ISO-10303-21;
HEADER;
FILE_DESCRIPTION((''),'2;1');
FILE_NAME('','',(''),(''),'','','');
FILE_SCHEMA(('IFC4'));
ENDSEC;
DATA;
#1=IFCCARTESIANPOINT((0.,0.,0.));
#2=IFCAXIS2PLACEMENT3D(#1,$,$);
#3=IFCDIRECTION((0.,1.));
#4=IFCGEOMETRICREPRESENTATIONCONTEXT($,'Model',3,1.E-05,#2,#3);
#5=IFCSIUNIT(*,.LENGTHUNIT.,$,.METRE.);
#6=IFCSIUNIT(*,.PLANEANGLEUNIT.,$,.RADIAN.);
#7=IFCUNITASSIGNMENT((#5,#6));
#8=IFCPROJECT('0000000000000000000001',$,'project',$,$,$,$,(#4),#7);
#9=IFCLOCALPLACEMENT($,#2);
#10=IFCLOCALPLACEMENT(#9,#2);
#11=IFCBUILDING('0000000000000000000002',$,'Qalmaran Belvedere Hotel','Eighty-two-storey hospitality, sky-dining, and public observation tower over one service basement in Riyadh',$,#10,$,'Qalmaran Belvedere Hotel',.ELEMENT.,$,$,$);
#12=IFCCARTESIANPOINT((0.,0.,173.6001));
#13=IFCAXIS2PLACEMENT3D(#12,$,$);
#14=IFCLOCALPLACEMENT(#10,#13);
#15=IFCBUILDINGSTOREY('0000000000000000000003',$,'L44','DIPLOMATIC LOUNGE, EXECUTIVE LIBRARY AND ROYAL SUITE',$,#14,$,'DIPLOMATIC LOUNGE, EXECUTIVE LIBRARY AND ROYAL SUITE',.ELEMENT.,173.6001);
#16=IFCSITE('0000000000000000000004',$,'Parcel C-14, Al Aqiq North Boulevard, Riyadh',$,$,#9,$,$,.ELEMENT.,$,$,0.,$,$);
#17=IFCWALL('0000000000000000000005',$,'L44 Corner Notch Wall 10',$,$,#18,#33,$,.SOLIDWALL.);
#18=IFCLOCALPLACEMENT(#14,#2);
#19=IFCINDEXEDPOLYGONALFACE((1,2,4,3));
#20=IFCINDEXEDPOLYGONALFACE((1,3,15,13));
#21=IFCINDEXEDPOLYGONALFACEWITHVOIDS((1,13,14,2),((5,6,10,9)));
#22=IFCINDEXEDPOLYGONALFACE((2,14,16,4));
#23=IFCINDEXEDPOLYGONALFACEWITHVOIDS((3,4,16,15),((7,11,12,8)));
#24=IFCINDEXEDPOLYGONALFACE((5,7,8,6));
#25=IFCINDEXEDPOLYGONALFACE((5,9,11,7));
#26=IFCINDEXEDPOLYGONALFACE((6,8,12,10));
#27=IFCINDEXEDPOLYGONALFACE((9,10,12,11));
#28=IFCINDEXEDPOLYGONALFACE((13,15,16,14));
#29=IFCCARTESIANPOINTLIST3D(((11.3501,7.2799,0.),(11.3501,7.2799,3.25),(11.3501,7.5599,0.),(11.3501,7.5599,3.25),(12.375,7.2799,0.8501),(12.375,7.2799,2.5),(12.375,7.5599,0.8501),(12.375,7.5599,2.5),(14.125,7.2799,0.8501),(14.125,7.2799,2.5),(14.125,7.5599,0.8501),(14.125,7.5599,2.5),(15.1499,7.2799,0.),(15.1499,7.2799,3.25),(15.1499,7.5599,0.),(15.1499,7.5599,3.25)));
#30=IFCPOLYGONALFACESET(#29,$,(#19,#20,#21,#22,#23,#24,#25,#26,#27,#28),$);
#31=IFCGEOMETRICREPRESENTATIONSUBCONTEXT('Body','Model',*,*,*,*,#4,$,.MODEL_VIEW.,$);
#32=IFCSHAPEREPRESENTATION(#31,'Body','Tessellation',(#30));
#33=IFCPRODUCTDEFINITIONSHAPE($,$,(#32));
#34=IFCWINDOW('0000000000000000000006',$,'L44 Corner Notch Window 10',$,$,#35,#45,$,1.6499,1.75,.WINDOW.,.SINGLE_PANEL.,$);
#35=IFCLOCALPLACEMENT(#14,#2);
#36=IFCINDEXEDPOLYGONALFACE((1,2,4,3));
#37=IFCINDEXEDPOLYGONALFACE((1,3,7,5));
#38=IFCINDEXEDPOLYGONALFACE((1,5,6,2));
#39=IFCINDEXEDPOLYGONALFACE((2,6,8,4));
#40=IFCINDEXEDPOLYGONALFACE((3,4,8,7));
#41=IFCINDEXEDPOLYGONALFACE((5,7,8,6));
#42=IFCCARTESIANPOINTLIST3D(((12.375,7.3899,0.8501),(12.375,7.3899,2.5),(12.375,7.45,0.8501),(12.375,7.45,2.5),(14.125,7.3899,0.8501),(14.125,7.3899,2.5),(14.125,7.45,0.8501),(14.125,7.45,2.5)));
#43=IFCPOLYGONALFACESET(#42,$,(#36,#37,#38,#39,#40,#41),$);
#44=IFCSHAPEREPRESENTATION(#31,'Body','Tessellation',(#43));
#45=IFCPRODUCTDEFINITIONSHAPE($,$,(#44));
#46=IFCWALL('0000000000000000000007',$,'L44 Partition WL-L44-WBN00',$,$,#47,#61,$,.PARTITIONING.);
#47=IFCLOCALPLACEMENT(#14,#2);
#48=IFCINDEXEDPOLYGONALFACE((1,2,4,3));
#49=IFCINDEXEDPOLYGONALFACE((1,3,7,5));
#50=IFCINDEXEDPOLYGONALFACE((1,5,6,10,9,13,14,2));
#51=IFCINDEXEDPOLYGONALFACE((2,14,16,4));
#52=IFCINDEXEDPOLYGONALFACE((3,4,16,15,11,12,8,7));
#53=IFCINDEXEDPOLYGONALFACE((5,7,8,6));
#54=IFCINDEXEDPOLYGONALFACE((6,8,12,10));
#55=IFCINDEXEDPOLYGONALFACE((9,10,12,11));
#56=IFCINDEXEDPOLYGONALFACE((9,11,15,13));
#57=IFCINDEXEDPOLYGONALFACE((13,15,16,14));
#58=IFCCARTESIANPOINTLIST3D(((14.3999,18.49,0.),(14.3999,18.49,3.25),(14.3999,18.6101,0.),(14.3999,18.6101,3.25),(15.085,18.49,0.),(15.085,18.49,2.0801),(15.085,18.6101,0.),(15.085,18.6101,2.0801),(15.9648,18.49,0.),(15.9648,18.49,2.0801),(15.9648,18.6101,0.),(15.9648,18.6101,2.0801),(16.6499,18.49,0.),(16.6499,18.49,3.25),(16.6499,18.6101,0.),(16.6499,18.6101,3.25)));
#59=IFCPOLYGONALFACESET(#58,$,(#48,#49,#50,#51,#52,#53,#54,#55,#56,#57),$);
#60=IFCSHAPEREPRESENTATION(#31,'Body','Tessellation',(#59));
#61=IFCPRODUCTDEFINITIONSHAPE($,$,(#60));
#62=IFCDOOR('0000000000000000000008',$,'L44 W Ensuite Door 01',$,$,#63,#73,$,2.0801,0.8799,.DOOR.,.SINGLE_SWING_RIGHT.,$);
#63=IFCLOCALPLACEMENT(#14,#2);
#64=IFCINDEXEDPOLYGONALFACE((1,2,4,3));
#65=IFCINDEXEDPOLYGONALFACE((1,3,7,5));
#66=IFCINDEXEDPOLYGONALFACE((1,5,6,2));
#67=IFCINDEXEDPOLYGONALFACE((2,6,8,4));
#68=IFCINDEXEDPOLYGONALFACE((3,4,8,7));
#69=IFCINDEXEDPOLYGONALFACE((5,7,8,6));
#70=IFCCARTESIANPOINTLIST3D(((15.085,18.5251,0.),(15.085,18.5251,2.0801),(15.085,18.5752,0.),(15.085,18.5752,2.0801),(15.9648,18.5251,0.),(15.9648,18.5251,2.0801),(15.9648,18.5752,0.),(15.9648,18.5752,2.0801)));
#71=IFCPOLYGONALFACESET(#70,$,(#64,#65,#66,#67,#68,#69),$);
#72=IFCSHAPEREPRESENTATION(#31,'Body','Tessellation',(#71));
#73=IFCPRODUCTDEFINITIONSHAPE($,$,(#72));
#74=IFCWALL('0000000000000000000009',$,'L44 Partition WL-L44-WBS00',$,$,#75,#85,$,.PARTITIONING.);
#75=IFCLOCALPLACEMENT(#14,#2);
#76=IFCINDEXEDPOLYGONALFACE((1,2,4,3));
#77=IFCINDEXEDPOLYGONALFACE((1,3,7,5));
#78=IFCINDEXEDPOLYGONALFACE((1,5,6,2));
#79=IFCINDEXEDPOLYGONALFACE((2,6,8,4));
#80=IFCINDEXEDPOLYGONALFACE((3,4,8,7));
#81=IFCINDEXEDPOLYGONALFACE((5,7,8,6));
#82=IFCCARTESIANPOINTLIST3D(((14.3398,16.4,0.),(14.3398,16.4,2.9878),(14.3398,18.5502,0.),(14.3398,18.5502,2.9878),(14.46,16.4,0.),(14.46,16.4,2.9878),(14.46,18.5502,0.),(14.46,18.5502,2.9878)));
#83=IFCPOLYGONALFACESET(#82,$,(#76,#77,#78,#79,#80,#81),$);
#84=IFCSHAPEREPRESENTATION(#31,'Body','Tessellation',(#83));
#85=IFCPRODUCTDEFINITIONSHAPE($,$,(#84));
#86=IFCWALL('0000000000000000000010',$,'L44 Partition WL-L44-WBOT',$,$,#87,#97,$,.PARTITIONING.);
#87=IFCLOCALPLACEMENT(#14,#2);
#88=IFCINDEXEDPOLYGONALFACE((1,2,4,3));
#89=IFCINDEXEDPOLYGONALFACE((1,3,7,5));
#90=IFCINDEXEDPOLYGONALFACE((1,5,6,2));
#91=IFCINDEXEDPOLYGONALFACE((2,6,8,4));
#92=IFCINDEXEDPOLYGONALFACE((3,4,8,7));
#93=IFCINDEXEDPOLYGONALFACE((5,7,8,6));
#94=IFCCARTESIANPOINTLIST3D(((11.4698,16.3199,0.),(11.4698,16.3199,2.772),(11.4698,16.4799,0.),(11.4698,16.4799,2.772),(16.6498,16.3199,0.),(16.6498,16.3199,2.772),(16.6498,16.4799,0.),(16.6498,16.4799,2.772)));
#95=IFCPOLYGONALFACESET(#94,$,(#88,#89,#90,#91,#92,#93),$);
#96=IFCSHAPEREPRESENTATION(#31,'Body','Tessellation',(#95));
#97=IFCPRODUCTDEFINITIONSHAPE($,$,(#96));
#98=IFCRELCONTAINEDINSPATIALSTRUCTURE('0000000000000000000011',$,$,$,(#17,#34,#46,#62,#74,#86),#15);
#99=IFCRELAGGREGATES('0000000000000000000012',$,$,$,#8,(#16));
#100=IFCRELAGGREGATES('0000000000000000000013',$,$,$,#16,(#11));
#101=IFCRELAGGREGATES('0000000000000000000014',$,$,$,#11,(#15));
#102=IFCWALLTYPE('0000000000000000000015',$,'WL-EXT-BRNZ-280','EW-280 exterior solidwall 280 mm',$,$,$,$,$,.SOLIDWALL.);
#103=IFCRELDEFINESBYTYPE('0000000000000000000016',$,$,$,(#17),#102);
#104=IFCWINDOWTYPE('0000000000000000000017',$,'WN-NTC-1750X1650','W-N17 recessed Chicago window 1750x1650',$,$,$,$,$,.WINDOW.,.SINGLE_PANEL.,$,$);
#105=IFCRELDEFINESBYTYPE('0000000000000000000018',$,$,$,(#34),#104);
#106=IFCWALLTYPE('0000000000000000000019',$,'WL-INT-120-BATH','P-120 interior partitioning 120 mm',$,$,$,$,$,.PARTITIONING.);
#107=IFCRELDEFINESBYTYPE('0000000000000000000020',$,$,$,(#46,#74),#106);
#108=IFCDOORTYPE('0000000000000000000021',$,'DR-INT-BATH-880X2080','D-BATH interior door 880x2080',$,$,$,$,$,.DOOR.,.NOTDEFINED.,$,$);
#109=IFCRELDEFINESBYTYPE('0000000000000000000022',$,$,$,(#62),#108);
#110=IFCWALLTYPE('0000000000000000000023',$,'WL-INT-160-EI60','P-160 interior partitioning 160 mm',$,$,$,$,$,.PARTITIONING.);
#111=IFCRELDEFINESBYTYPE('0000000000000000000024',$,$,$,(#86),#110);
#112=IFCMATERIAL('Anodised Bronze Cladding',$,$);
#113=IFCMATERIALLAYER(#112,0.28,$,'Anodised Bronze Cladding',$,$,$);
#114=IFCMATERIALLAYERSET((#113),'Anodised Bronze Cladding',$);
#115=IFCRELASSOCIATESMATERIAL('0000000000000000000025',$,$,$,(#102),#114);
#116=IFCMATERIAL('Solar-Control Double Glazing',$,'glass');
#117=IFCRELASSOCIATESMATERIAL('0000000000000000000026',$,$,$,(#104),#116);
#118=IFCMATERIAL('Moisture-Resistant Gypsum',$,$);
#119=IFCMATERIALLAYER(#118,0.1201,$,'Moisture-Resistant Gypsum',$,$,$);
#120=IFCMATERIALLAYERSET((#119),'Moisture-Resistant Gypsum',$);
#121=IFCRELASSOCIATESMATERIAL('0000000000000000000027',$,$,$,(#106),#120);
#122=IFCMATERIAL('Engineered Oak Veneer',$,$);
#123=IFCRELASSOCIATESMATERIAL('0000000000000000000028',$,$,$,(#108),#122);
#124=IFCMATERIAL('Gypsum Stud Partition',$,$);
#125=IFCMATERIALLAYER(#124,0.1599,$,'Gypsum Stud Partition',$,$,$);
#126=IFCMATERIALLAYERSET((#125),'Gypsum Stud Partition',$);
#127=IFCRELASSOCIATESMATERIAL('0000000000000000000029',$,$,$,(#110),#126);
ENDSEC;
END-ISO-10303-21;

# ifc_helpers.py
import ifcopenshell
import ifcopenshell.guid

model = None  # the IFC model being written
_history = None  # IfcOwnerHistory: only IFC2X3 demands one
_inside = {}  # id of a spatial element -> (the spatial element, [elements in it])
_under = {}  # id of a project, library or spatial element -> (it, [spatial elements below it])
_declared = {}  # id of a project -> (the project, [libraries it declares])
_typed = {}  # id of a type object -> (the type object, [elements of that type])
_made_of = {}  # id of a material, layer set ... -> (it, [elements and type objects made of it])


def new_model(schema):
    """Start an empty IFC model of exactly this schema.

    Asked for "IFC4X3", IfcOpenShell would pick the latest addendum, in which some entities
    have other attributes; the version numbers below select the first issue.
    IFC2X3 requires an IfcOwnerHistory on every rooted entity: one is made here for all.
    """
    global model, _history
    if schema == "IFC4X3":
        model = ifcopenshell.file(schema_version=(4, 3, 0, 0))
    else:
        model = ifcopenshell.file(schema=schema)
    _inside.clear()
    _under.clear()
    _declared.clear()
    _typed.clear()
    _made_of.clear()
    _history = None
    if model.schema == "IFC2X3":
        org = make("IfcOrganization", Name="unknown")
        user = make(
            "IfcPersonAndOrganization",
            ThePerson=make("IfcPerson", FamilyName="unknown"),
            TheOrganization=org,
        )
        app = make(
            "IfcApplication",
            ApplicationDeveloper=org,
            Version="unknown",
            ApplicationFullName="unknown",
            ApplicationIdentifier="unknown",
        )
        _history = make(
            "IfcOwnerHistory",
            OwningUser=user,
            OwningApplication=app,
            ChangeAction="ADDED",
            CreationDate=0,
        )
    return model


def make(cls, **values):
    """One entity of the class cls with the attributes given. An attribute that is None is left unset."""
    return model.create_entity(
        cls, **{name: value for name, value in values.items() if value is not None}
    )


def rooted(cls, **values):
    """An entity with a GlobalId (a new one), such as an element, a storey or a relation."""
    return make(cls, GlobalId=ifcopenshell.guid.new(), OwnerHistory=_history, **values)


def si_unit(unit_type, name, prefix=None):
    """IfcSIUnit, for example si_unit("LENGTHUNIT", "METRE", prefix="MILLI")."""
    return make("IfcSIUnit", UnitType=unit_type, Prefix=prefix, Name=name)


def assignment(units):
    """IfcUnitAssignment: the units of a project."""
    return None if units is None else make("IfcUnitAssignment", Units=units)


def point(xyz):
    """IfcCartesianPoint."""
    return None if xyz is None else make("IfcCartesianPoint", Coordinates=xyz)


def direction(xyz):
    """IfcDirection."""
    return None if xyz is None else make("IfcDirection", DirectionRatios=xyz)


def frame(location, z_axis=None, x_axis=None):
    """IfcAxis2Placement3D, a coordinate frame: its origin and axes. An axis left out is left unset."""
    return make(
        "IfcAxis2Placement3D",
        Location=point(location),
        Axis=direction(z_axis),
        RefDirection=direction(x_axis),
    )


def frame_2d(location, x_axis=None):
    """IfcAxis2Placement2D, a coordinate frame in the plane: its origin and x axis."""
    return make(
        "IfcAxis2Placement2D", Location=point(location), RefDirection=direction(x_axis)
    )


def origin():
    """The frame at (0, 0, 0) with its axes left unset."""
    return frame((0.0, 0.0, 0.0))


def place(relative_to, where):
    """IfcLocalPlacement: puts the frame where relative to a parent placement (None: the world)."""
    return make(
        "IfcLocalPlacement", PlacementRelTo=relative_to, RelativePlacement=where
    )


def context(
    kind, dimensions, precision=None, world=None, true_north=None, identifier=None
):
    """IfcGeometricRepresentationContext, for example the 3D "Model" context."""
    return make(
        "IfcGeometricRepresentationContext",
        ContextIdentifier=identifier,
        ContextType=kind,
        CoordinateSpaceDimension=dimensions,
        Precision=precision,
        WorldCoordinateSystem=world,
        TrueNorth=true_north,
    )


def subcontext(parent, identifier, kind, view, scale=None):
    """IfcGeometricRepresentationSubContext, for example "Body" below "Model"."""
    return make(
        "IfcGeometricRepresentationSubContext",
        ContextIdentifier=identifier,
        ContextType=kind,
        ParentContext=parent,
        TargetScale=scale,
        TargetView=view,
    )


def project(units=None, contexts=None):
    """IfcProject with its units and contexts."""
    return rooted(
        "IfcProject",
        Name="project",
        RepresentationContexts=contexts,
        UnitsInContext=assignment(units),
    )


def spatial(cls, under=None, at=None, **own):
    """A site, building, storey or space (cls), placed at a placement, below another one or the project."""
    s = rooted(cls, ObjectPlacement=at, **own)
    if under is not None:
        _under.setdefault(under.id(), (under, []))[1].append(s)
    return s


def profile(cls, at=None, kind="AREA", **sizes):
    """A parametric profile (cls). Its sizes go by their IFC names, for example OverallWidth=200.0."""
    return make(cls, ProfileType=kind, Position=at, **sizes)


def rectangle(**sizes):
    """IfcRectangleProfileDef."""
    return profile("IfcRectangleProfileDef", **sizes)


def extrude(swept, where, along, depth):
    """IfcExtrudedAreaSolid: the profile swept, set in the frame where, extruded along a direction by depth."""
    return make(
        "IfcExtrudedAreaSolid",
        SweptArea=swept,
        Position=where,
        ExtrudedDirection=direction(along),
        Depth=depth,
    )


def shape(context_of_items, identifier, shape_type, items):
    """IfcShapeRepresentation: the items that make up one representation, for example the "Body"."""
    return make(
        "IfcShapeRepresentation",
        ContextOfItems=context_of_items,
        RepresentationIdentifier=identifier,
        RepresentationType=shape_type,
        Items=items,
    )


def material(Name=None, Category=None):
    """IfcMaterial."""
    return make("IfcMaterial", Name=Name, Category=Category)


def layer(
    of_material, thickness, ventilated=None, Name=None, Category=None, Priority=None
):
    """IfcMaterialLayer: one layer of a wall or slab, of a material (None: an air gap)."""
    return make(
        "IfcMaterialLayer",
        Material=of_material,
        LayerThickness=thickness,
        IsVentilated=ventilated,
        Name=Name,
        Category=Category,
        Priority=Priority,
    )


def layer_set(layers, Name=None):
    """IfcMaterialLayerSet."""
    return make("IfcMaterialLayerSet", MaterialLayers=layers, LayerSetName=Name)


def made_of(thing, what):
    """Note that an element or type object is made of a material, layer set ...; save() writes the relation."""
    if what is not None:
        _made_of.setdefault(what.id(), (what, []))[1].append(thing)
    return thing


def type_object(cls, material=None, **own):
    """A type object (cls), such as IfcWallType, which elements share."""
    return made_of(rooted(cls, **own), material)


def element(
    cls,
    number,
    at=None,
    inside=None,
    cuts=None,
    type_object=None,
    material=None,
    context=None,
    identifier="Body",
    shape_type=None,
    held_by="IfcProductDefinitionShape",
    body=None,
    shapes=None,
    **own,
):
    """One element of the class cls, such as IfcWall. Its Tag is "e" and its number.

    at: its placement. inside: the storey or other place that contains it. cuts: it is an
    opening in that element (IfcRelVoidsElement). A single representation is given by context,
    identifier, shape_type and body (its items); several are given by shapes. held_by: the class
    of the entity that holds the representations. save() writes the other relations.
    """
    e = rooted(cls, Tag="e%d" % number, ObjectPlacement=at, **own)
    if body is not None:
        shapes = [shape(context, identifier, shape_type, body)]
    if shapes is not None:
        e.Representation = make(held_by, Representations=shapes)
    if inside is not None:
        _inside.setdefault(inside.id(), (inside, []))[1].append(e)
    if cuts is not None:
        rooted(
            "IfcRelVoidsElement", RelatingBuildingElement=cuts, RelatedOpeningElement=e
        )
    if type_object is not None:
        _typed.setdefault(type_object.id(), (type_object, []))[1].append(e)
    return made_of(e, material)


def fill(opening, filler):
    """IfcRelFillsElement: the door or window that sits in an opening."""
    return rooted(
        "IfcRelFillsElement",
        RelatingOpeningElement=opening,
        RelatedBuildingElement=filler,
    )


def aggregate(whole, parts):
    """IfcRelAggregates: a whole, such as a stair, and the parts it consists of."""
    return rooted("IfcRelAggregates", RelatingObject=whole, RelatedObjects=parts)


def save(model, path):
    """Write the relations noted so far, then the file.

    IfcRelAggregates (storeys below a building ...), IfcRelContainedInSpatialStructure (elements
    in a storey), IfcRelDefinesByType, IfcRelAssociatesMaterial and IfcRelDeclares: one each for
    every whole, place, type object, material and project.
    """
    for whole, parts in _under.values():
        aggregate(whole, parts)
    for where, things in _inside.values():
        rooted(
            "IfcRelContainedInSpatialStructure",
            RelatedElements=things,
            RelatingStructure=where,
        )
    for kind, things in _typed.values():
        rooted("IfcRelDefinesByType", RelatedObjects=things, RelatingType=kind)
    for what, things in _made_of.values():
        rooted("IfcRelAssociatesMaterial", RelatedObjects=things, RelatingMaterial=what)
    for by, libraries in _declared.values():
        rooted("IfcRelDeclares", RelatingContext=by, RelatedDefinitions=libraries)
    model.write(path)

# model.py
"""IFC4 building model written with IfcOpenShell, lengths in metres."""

from ifc_helpers import new_model, si_unit, direction, frame, frame_2d, origin, place, context, subcontext, project, spatial, rectangle, extrude, material, layer, layer_set, type_object, element, fill, save


model = new_model("IFC4")

# Units and contexts
model_context = context("Model", 3, precision=1e-05, world=origin(), true_north=direction((0.0, 1.0)))
body_context = subcontext(model_context, "Body", "Model", "MODEL_VIEW")
ifc_project = project(units=[si_unit("LENGTHUNIT", "METRE"), si_unit("PLANEANGLEUNIT", "RADIAN")], contexts=[model_context])

# Site, building, storey
site_placement = place(None, origin())
site = spatial("IfcSite", under=ifc_project, at=site_placement, Name="Parcel C-14, Al Aqiq North Boulevard, Riyadh", CompositionType="ELEMENT", RefElevation=0.0)
building_placement = place(site_placement, origin())
building = spatial("IfcBuilding", under=site, at=building_placement, Name="Qalmaran Belvedere Hotel", Description="Eighty-two-storey hospitality, sky-dining, and public observation tower over one service basement in Riyadh", LongName="Qalmaran Belvedere Hotel", CompositionType="ELEMENT")
storey_placement = place(building_placement, frame((0.0, 0.0, 173.6001)))
storey = spatial("IfcBuildingStorey", under=building, at=storey_placement, Name="L44", Description="DIPLOMATIC LOUNGE, EXECUTIVE LIBRARY AND ROYAL SUITE", LongName="DIPLOMATIC LOUNGE, EXECUTIVE LIBRARY AND ROYAL SUITE", CompositionType="ELEMENT", Elevation=173.6001)

# Shared definitions
ifc_material_1 = material(Name="Solar-Control Double Glazing", Category="glass")

# Wall, opening, window
ifc_material_2 = material(Name="Anodised Bronze Cladding")
ifc_layer_1 = layer(ifc_material_2, 0.28, Name="Anodised Bronze Cladding")
ifc_layer_set_1 = layer_set([ifc_layer_1], Name="Anodised Bronze Cladding")
wall_type_1 = type_object("IfcWallType", Name="WL-EXT-BRNZ-280", Description="EW-280 exterior solidwall 280 mm", PredefinedType="SOLIDWALL", material=ifc_layer_set_1)
wall_1_placement = place(storey_placement, frame((11.3501, 7.4199, 0.0), z_axis=(0.0, 0.0, 1.0), x_axis=(1.0, 0.0, 0.0)))
wall_1 = element("IfcWall", 1, at=wall_1_placement, inside=storey, type_object=wall_type_1, Name="L44 Corner Notch Wall 10", PredefinedType="SOLIDWALL", context=body_context, shape_type="SweptSolid", body=[
    extrude(rectangle(XDim=3.7998, YDim=0.28, at=frame_2d((1.8999, 0.0))), origin(), (0.0, 0.0, 1.0), 3.25),
])
opening_1_placement = place(wall_1_placement, frame((1.0249, 0.0, 0.8501)))
opening_1 = element("IfcOpeningElement", 2, at=opening_1_placement, cuts=wall_1, PredefinedType="OPENING", context=body_context, shape_type="SweptSolid", body=[
    extrude(rectangle(XDim=1.75, YDim=1.6499, at=frame_2d((0.875, 0.825))), frame((0.0, 0.1499, 0.0), z_axis=(0.0, -1.0, 0.0), x_axis=(1.0, 0.0, 0.0)), (0.0, 0.0, 1.0), 0.3),
])
window_type = type_object("IfcWindowType", Name="WN-NTC-1750X1650", Description="W-N17 recessed Chicago window 1750x1650", PartitioningType="SINGLE_PANEL", PredefinedType="WINDOW", material=ifc_material_1)
window_placement = place(opening_1_placement, origin())
window = element("IfcWindow", 3, at=window_placement, inside=storey, type_object=window_type, Name="L44 Corner Notch Window 10", OverallHeight=1.6499, OverallWidth=1.75, PartitioningType="SINGLE_PANEL", PredefinedType="WINDOW", context=body_context, shape_type="SweptSolid", body=[
    extrude(rectangle(XDim=1.75, YDim=1.6499, at=frame_2d((0.875, 0.825))), frame((0.0, 0.03, 0.0), z_axis=(0.0, -1.0, 0.0), x_axis=(1.0, 0.0, 0.0)), (0.0, 0.0, 1.0), 0.0601),
])
fill(opening_1, window)

# Wall, opening, door
ifc_material_3 = material(Name="Moisture-Resistant Gypsum")
ifc_layer_2 = layer(ifc_material_3, 0.1201, Name="Moisture-Resistant Gypsum")
ifc_layer_set_2 = layer_set([ifc_layer_2], Name="Moisture-Resistant Gypsum")
wall_type_2 = type_object("IfcWallType", Name="WL-INT-120-BATH", Description="P-120 interior partitioning 120 mm", PredefinedType="PARTITIONING", material=ifc_layer_set_2)
wall_2_placement = place(storey_placement, frame((14.3999, 18.55, 0.0), z_axis=(0.0, 0.0, 1.0), x_axis=(1.0, 0.0, 0.0)))
wall_2 = element("IfcWall", 4, at=wall_2_placement, inside=storey, type_object=wall_type_2, Name="L44 Partition WL-L44-WBN00", PredefinedType="PARTITIONING", context=body_context, shape_type="SweptSolid", body=[
    extrude(rectangle(XDim=2.25, YDim=0.1201, at=frame_2d((1.125, 0.0))), origin(), (0.0, 0.0, 1.0), 3.25),
])
opening_2_placement = place(wall_2_placement, frame((1.5649, 0.0, 0.0), z_axis=(0.0, 0.0, 1.0), x_axis=(-1.0, 0.0, 0.0)))
opening_2 = element("IfcOpeningElement", 5, at=opening_2_placement, cuts=wall_2, PredefinedType="OPENING", context=body_context, shape_type="SweptSolid", body=[
    extrude(rectangle(XDim=0.8799, YDim=2.0801, at=frame_2d((0.4399, 1.04))), frame((0.0, 0.0701, 0.0), z_axis=(0.0, -1.0, 0.0), x_axis=(1.0, 0.0, 0.0)), (0.0, 0.0, 1.0), 0.1401),
])
ifc_material_4 = material(Name="Engineered Oak Veneer")
door_type = type_object("IfcDoorType", Name="DR-INT-BATH-880X2080", Description="D-BATH interior door 880x2080", OperationType="NOTDEFINED", PredefinedType="DOOR", material=ifc_material_4)
door_placement = place(opening_2_placement, origin())
door = element("IfcDoor", 6, at=door_placement, inside=storey, type_object=door_type, Name="L44 W Ensuite Door 01", OperationType="SINGLE_SWING_RIGHT", OverallHeight=2.0801, OverallWidth=0.8799, PredefinedType="DOOR", context=body_context, shape_type="SweptSolid", body=[
    extrude(rectangle(XDim=0.8799, YDim=2.0801, at=frame_2d((0.4399, 1.04))), frame((0.0, 0.0249, 0.0), z_axis=(0.0, -1.0, 0.0), x_axis=(1.0, 0.0, 0.0)), (0.0, 0.0, 1.0), 0.05),
])
fill(opening_2, door)

# Walls
wall_3_placement = place(storey_placement, frame((14.3999, 16.3999, 0.0), z_axis=(0.0, 0.0, 1.0), x_axis=(0.0, 1.0, 0.0)))
element("IfcWall", 7, at=wall_3_placement, inside=storey, type_object=wall_type_2, Name="L44 Partition WL-L44-WBS00", PredefinedType="PARTITIONING", context=body_context, shape_type="SweptSolid", body=[
    extrude(rectangle(XDim=2.1501, YDim=0.1201, at=frame_2d((1.0752, 0.0))), origin(), (0.0, 0.0, 1.0), 2.9878),
])
ifc_material_5 = material(Name="Gypsum Stud Partition")
ifc_layer_3 = layer(ifc_material_5, 0.1599, Name="Gypsum Stud Partition")
ifc_layer_set_3 = layer_set([ifc_layer_3], Name="Gypsum Stud Partition")
wall_type_3 = type_object("IfcWallType", Name="WL-INT-160-EI60", Description="P-160 interior partitioning 160 mm", PredefinedType="PARTITIONING", material=ifc_layer_set_3)
wall_4_placement = place(storey_placement, frame((11.47, 16.3999, 0.0), z_axis=(0.0, 0.0, 1.0), x_axis=(1.0, 0.0, 0.0)))
element("IfcWall", 8, at=wall_4_placement, inside=storey, type_object=wall_type_3, Name="L44 Partition WL-L44-WBOT", PredefinedType="PARTITIONING", context=body_context, shape_type="SweptSolid", body=[
    extrude(rectangle(XDim=5.1799, YDim=0.1599, at=frame_2d((2.5898, 0.0))), origin(), (0.0, 0.0, 1.0), 2.772),
])

save(model, "model.ifc")
